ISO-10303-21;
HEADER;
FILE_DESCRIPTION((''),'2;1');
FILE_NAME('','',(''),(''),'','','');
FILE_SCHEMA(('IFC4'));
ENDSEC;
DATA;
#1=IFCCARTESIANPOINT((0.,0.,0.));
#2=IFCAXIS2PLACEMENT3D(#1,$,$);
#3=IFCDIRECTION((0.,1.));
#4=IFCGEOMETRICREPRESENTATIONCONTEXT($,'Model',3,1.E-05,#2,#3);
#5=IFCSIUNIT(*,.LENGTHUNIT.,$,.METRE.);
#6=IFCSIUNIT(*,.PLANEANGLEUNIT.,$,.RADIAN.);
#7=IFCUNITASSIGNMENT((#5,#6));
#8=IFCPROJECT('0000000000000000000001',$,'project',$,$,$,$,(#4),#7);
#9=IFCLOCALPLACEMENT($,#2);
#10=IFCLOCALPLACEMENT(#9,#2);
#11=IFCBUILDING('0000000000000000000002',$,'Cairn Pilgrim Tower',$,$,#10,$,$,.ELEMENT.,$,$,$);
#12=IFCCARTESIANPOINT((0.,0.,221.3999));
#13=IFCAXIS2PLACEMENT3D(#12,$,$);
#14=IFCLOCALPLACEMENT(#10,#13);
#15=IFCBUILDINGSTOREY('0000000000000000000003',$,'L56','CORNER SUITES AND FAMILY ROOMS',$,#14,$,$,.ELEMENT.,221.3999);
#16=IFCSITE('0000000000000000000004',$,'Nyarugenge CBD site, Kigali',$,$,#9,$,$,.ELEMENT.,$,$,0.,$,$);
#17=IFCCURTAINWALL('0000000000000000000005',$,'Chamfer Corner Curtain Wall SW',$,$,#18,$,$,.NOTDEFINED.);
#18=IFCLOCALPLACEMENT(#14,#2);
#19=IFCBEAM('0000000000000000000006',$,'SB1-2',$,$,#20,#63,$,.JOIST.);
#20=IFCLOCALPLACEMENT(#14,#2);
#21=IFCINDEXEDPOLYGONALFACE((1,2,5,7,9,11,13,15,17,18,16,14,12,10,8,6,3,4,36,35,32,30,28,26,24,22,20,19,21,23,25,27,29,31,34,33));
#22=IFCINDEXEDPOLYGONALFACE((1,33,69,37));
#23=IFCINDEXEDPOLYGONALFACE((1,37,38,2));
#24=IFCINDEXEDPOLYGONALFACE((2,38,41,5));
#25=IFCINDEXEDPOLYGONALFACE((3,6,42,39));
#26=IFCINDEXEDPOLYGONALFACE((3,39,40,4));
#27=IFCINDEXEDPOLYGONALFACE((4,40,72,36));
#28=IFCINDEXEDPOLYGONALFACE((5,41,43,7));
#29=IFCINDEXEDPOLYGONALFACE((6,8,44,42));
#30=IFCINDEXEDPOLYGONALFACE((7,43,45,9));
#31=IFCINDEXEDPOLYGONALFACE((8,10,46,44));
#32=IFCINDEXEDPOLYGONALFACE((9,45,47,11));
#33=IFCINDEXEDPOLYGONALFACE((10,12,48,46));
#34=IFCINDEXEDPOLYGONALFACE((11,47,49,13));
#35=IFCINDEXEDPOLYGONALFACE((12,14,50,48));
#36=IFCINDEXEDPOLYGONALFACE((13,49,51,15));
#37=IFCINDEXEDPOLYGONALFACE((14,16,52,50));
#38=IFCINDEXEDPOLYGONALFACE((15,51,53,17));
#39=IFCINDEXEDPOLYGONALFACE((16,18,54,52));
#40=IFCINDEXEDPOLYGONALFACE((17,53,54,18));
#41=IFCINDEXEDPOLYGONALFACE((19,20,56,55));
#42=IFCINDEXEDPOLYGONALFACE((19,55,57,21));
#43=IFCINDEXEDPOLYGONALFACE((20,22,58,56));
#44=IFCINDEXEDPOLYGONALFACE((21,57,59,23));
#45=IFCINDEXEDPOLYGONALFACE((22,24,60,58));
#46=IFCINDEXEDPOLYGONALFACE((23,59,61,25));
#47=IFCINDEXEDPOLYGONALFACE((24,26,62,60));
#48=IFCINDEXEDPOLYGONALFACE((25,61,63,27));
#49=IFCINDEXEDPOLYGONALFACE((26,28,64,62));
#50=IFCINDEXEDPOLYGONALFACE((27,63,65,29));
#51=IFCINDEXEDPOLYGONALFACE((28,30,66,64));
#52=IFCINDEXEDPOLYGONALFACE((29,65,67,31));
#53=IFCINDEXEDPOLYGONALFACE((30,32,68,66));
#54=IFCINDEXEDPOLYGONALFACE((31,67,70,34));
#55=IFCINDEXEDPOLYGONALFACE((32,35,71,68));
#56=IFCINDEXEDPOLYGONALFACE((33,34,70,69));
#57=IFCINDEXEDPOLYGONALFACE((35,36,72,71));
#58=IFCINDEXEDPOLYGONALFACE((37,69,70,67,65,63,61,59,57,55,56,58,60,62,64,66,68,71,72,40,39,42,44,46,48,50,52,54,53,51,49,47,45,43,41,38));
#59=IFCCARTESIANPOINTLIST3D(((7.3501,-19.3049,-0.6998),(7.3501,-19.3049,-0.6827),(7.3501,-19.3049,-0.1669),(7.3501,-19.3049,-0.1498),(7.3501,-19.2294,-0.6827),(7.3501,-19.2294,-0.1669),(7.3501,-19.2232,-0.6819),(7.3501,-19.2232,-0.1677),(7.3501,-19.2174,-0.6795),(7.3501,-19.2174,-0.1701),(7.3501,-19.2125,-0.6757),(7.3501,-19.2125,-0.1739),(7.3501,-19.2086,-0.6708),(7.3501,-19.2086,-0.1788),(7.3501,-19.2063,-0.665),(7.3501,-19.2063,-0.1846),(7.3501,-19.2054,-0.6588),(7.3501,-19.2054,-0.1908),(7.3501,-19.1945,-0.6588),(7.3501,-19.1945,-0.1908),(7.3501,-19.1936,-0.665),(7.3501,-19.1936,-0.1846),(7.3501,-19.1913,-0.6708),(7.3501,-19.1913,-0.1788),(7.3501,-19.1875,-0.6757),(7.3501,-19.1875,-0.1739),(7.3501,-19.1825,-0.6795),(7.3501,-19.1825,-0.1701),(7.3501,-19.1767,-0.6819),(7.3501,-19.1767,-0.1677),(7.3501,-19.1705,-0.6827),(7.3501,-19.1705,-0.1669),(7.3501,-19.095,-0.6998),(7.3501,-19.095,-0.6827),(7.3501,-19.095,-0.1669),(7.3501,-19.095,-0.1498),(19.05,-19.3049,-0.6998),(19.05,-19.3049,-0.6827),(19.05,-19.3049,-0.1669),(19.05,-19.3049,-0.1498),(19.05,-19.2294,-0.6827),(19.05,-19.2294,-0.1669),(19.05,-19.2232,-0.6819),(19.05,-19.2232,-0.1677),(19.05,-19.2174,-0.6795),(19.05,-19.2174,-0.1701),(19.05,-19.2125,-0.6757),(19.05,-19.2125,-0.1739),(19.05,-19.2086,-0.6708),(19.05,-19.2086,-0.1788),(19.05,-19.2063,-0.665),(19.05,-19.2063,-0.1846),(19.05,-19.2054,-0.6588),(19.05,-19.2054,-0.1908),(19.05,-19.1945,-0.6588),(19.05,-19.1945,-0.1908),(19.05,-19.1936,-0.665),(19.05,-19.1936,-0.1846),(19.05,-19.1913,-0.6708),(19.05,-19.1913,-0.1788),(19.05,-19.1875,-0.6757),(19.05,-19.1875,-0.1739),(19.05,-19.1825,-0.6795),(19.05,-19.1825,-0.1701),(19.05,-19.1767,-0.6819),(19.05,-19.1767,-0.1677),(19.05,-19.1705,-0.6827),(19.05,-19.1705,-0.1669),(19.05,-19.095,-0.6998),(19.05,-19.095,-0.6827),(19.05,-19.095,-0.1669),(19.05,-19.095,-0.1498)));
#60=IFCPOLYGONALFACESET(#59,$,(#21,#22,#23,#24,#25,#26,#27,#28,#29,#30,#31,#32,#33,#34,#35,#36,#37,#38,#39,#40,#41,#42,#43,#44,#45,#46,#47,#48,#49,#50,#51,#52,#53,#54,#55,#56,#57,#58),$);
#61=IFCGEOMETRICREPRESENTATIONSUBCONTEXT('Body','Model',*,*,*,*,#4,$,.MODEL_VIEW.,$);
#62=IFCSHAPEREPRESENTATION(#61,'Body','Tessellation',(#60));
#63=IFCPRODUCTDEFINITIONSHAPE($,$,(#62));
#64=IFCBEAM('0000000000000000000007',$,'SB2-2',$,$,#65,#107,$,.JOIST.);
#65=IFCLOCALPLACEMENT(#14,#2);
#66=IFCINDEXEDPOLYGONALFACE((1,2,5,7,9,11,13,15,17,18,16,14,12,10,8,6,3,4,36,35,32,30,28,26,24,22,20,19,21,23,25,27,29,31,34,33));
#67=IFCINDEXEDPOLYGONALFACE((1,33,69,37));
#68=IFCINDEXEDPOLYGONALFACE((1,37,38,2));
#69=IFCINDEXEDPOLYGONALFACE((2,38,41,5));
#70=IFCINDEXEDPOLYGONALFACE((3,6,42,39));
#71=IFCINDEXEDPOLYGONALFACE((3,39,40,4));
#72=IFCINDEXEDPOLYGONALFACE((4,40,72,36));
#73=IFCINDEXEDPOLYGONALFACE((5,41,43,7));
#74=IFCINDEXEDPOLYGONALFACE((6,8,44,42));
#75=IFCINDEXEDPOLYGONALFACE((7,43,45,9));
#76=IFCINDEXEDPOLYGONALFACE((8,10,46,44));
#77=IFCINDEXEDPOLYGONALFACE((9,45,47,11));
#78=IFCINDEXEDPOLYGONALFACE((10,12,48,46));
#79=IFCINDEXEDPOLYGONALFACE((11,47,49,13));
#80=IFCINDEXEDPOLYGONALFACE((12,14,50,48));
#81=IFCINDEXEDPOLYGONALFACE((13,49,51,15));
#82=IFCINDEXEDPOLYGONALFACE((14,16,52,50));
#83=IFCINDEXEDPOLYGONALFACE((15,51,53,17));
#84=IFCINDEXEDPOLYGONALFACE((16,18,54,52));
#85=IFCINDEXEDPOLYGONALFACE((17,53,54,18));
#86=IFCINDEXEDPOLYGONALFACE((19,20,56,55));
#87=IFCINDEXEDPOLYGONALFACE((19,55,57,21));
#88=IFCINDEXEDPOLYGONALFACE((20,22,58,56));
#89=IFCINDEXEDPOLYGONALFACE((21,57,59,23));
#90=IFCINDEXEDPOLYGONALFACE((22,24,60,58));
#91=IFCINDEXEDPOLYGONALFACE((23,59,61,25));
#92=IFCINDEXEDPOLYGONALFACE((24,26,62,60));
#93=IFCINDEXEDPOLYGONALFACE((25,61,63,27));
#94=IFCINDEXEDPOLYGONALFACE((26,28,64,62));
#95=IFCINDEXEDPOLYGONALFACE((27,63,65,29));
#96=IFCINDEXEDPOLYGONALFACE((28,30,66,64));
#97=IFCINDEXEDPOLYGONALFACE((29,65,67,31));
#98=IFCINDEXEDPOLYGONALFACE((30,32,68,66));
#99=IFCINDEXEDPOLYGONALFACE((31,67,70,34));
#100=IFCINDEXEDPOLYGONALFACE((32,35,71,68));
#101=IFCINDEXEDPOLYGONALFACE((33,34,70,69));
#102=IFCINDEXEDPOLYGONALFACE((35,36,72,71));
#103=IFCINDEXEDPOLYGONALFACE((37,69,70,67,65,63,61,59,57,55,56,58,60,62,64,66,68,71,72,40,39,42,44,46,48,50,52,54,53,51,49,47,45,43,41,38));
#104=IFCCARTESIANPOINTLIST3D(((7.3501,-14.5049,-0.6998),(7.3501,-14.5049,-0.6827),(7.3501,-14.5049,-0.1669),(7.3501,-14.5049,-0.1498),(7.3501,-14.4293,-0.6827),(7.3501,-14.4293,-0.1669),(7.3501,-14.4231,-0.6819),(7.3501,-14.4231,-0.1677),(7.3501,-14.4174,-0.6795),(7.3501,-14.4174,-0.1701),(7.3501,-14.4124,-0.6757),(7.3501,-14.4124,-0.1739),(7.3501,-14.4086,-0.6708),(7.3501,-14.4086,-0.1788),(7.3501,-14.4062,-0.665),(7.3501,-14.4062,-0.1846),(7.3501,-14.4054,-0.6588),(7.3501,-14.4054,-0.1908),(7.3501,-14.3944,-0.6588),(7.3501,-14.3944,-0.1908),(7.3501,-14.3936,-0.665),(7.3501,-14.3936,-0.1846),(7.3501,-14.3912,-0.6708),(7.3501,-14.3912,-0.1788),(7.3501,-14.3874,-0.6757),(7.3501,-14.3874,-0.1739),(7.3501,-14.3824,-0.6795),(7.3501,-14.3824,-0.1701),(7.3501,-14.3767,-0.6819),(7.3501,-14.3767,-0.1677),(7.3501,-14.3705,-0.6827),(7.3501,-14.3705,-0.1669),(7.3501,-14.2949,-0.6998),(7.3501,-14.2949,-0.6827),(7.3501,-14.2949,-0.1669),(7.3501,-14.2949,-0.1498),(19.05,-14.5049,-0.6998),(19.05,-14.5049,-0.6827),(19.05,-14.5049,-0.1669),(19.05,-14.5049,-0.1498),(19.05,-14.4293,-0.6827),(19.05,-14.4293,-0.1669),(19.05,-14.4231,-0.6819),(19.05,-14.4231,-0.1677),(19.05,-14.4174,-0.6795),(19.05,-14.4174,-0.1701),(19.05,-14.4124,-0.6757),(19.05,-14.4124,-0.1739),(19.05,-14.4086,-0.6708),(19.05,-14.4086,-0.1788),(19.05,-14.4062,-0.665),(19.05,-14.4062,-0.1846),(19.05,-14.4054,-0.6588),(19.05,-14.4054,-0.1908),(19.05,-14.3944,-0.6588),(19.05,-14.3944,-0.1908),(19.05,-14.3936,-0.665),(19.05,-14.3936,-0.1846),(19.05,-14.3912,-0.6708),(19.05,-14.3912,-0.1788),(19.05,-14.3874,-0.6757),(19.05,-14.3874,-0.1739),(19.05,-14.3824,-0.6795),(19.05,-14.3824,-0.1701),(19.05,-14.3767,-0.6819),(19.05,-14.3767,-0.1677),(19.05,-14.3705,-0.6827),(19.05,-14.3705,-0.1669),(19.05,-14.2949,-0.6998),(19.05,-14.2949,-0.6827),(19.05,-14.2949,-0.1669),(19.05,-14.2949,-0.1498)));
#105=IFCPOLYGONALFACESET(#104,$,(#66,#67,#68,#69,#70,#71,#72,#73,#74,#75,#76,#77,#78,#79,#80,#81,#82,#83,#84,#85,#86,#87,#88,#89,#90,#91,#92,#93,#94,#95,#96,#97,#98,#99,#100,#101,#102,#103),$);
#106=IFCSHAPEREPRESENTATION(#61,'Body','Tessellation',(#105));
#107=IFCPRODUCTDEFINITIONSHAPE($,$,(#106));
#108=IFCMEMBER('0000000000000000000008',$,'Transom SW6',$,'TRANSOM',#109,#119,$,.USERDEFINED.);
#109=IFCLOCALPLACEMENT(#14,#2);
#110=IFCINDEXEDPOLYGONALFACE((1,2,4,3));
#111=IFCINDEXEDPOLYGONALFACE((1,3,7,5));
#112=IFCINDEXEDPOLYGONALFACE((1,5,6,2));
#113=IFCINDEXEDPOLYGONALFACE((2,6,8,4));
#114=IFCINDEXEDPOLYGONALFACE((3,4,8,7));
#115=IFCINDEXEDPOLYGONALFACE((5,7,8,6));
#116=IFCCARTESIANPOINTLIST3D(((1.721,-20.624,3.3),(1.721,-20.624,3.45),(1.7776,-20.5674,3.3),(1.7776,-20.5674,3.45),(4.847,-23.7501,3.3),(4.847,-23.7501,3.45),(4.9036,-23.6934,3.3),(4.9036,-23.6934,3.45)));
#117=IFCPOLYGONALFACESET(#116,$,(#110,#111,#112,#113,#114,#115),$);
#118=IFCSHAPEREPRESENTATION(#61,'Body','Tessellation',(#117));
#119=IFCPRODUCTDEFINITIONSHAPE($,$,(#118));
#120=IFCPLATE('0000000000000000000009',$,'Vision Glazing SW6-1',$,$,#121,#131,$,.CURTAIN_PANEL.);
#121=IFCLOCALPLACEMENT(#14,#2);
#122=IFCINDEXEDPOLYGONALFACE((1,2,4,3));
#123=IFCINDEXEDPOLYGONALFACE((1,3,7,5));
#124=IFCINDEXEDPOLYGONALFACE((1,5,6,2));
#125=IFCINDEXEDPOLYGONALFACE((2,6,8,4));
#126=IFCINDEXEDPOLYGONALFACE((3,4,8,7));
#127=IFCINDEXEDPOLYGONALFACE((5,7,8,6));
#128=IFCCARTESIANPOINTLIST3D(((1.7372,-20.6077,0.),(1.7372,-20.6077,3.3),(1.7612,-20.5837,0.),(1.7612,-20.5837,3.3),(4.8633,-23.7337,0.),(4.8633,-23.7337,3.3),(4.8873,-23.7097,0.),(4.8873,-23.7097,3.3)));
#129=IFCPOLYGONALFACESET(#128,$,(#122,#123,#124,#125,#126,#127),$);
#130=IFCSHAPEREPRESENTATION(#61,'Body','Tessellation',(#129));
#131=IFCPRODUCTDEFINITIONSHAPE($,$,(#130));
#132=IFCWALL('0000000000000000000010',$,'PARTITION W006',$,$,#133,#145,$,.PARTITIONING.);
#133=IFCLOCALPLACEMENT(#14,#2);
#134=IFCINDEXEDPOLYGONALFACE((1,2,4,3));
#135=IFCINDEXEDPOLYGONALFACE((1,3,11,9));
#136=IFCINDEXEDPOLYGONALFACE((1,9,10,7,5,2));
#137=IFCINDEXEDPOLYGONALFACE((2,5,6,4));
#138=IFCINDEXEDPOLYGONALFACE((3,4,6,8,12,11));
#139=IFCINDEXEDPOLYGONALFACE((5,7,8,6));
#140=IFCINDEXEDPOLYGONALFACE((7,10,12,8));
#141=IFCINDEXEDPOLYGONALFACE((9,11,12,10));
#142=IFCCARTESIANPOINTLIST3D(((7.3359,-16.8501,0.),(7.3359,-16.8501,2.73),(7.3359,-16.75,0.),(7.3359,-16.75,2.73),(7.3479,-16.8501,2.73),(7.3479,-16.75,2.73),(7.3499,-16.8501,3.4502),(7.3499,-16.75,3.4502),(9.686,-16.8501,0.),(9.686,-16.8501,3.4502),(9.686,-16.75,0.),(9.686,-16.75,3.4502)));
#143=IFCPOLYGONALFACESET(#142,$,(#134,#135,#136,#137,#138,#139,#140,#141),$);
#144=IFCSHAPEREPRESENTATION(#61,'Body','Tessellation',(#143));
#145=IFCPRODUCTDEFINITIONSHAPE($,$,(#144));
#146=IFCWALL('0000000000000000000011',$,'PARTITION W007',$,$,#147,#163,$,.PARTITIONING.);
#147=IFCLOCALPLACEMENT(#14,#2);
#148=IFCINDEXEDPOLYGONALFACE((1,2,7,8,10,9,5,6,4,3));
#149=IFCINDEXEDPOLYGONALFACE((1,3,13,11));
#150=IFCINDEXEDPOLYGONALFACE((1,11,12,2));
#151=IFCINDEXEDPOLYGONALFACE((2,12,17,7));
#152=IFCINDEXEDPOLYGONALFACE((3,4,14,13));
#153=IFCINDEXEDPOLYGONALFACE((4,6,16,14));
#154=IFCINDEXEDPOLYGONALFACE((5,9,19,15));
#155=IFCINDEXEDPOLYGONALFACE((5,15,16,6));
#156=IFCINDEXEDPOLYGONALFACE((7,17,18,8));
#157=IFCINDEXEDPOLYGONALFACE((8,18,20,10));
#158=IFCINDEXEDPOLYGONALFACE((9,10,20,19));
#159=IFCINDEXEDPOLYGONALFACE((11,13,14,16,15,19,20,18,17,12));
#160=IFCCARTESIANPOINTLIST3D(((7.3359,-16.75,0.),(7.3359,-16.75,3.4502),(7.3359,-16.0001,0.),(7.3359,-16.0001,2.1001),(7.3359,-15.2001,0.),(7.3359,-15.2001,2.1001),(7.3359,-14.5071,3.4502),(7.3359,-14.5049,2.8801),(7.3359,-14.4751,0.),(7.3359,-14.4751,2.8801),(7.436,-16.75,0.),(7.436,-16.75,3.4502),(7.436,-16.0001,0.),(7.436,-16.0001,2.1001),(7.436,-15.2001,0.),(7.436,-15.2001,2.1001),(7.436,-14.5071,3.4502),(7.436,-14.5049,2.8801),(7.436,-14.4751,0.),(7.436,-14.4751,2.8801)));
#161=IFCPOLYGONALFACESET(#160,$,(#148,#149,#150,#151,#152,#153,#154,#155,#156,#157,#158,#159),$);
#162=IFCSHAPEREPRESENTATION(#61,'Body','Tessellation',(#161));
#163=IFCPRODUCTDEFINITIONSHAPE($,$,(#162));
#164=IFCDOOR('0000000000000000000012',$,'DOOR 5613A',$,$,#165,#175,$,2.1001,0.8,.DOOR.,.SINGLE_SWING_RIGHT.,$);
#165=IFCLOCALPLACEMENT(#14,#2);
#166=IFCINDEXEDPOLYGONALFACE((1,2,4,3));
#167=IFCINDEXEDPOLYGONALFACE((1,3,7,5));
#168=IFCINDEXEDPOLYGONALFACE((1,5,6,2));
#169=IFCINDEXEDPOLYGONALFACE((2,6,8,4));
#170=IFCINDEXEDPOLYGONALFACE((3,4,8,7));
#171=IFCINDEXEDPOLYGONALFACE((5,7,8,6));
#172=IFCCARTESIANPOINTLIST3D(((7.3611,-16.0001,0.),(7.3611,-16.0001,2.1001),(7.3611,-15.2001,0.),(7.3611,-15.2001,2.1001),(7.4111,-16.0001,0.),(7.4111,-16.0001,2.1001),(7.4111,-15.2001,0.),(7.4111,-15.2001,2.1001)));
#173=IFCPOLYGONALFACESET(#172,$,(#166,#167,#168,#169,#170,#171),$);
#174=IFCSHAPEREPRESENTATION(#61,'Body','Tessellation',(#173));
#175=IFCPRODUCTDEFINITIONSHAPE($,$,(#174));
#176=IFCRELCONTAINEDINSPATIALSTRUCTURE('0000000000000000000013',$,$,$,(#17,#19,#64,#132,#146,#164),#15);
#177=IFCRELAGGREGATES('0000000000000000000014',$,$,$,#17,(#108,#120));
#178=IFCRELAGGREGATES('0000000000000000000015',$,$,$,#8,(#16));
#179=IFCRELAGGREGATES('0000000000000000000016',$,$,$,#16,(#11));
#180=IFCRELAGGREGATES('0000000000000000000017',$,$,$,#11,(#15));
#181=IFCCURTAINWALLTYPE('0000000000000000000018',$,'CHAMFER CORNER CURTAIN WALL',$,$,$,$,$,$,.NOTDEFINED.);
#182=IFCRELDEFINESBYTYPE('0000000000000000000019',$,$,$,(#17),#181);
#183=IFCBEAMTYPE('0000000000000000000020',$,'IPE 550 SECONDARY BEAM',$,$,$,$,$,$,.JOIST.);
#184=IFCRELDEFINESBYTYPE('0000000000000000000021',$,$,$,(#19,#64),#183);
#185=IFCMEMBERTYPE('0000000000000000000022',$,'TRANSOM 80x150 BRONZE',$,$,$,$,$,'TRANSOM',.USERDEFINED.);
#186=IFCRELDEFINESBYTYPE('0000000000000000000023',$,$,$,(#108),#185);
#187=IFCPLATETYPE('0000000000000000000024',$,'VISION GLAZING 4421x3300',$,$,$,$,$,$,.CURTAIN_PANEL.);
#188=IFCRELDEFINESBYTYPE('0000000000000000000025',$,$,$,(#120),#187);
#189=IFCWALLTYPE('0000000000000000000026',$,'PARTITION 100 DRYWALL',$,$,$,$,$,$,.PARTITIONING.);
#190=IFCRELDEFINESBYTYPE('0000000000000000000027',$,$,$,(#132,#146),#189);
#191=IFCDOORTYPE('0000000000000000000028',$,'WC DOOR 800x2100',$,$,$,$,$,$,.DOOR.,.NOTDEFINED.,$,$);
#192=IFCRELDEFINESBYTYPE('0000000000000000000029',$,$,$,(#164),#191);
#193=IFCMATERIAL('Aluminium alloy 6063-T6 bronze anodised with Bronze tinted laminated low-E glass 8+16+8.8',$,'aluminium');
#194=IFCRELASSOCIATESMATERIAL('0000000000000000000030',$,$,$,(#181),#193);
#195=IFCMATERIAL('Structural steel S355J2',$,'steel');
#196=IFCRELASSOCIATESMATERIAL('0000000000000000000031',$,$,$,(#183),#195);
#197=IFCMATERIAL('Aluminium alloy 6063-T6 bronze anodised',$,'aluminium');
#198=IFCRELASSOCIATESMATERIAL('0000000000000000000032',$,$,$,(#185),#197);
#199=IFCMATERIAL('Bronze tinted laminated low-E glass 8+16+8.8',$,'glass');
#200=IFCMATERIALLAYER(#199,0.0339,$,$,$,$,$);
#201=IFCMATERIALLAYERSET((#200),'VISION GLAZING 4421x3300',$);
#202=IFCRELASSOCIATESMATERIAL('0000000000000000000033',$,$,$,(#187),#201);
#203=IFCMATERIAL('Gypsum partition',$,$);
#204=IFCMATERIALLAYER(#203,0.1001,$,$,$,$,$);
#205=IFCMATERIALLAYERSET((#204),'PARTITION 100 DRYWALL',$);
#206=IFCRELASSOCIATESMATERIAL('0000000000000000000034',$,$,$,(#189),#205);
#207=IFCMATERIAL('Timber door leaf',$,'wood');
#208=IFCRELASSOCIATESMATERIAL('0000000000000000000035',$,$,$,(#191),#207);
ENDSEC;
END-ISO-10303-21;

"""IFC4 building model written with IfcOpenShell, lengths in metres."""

from ifc_helpers import new_model, si_unit, direction, frame, frame_2d, origin, origin_2d, place, context, subcontext, project, spatial, polyline, rectangle, i_section, outline, extrude, material, layer, layer_set, material_profile, profile_set, type_object, element, fill, aggregate, save


model = new_model("IFC4")

# Units and contexts
model_context = context("Model", 3, precision=1e-05, world=origin(), true_north=direction((0.0, 1.0)))
body_context = subcontext(model_context, "Body", "Model", "MODEL_VIEW")
ifc_project = project(units=[si_unit("LENGTHUNIT", "METRE"), si_unit("PLANEANGLEUNIT", "RADIAN")], contexts=[model_context])

# Site, building, storey
site_placement = place(None, origin())
site = spatial("IfcSite", under=ifc_project, at=site_placement, Name="Nyarugenge CBD site, Kigali", CompositionType="ELEMENT", RefElevation=0.0)
building_placement = place(site_placement, origin())
building = spatial("IfcBuilding", under=site, at=building_placement, Name="Cairn Pilgrim Tower", CompositionType="ELEMENT")
storey_placement = place(building_placement, frame((0.0, 0.0, 221.3999)))
storey = spatial("IfcBuildingStorey", under=building, at=storey_placement, Name="L56", Description="CORNER SUITES AND FAMILY ROOMS", CompositionType="ELEMENT", Elevation=221.3999)

# Shared definitions
ifc_material_1 = material(Name="Aluminium alloy 6063-T6 bronze anodised with Bronze tinted laminated low-E glass 8+16+8.8", Category="aluminium")
ifc_material_2 = material(Name="Aluminium alloy 6063-T6 bronze anodised", Category="aluminium")

# Curtain wall
curtain_wall_type_1 = type_object("IfcCurtainWallType", Name="CHAMFER CORNER CURTAIN WALL", PredefinedType="NOTDEFINED", material=ifc_material_1)
curtain_wall_1_placement = place(storey_placement, origin())
curtain_wall_1 = element("IfcCurtainWall", 1, at=curtain_wall_1_placement, inside=storey, type_object=curtain_wall_type_1, Name="Chamfer Corner Curtain Wall SW", PredefinedType="NOTDEFINED")

# Beams
ifc_material_3 = material(Name="Structural steel S355J2", Category="steel")
ifc_material_profile_1 = material_profile(ifc_material_3, i_section(OverallWidth=0.21, OverallDepth=0.55, WebThickness=0.011, FlangeThickness=0.0171, FilletRadius=0.0239, at=origin_2d()), Name="IPE 550")
ifc_profile_set_1 = profile_set([ifc_material_profile_1], Name="Structural steel S355J2")
beam_type_1 = type_object("IfcBeamType", Name="IPE 550 SECONDARY BEAM", PredefinedType="JOIST", material=ifc_profile_set_1)
for number, where, z_axis, x_axis, name in (
    (2, (7.3501, -19.2, -0.4248), (1.0, 0.0, 0.0), (0.0, 1.0, 0.0), "SB1-2"),
    (3, (7.3501, -14.3999, -0.4248), (1.0, 0.0, 0.0), (0.0, 1.0, 0.0), "SB2-2"),
):
    element("IfcBeam", number, at=place(storey_placement, frame(where, z_axis=z_axis, x_axis=x_axis)), inside=storey, type_object=beam_type_1, Name=name, PredefinedType="JOIST", context=body_context, shape_type="SweptSolid", body=[
        extrude(i_section(OverallWidth=0.21, OverallDepth=0.55, WebThickness=0.011, FlangeThickness=0.0171, FilletRadius=0.0239, at=origin_2d()), origin(), (0.0, 0.0, 1.0), 11.7),
    ])

# Member
ifc_material_profile_2 = material_profile(ifc_material_2, rectangle(XDim=0.0801, YDim=0.1499, at=origin_2d()), Name="TRANSOM 80x150 BRONZE")
ifc_profile_set_2 = profile_set([ifc_material_profile_2], Name="Aluminium alloy 6063-T6 bronze anodised")
member_type_1 = type_object("IfcMemberType", Name="TRANSOM 80x150 BRONZE", ElementType="TRANSOM", PredefinedType="USERDEFINED", material=ifc_profile_set_2)
member_1_placement = place(storey_placement, frame((1.7493, -20.5957, 3.375), z_axis=(0.707107, -0.707107, 0.0), x_axis=(0.707107, 0.707107, 0.0)))
member_1 = element("IfcMember", 4, at=member_1_placement, type_object=member_type_1, Name="Transom SW6", ObjectType="TRANSOM", PredefinedType="USERDEFINED", context=body_context, shape_type="SweptSolid", body=[
    extrude(rectangle(XDim=0.0801, YDim=0.1499, at=origin_2d()), origin(), (0.0, 0.0, 1.0), 4.4209),
])

# Plate
ifc_material_4 = material(Name="Bronze tinted laminated low-E glass 8+16+8.8", Category="glass")
ifc_layer_1 = layer(ifc_material_4, 0.0339)
ifc_layer_set_1 = layer_set([ifc_layer_1], Name="VISION GLAZING 4421x3300")
plate_type = type_object("IfcPlateType", Name="VISION GLAZING 4421x3300", PredefinedType="CURTAIN_PANEL", material=ifc_layer_set_1)
plate_placement = place(storey_placement, frame((3.3123, -22.1587, 0.0), z_axis=(0.0, 0.0, 1.0), x_axis=(0.707107, -0.707107, 0.0)))
plate = element("IfcPlate", 5, at=plate_placement, type_object=plate_type, Name="Vision Glazing SW6-1", PredefinedType="CURTAIN_PANEL", context=body_context, shape_type="SweptSolid", body=[
    extrude(rectangle(XDim=4.4209, YDim=0.0339, at=origin_2d()), origin(), (0.0, 0.0, 1.0), 3.3),
])
aggregate(curtain_wall_1, [member_1, plate])

# Wall
ifc_material_5 = material(Name="Gypsum partition")
ifc_layer_2 = layer(ifc_material_5, 0.1001)
ifc_layer_set_2 = layer_set([ifc_layer_2], Name="PARTITION 100 DRYWALL")
wall_type_1 = type_object("IfcWallType", Name="PARTITION 100 DRYWALL", PredefinedType="PARTITIONING", material=ifc_layer_set_2)
wall_1_placement = place(storey_placement, frame((7.3359, -16.8, 0.0), z_axis=(0.0, 0.0, 1.0), x_axis=(1.0, 0.0, 0.0)))
element("IfcWall", 6, at=wall_1_placement, inside=storey, type_object=wall_type_1, Name="PARTITION W006", PredefinedType="PARTITIONING", context=body_context, shape_type="SweptSolid", body=[
    extrude(outline(polyline([(0.0, 0.0), (2.3501, 0.0), (2.3501, 3.4502), (0.0139, 3.4502), (0.012, 2.73), (0.0, 2.73), (0.0, 0.0)])), frame((0.0, 0.05, 0.0), z_axis=(0.0, -1.0, 0.0), x_axis=(1.0, 0.0, 0.0)), (0.0, 0.0, 1.0), 0.1001),
])

# Wall, opening, door
wall_2_placement = place(storey_placement, frame((7.386, -16.75, 0.0), z_axis=(0.0, 0.0, 1.0), x_axis=(0.0, 1.0, 0.0)))
wall_2 = element("IfcWall", 7, at=wall_2_placement, inside=storey, type_object=wall_type_1, Name="PARTITION W007", PredefinedType="PARTITIONING", context=body_context, shape_type="SweptSolid", body=[
    extrude(outline(polyline([(0.0, 0.0), (2.2749, 0.0), (2.2749, 2.8801), (2.2451, 2.8801), (2.2429, 3.4502), (0.0, 3.4502), (0.0, 0.0)])), frame((0.0, 0.05, 0.0), z_axis=(0.0, -1.0, 0.0), x_axis=(1.0, 0.0, 0.0)), (0.0, 0.0, 1.0), 0.1001),
])
opening_1_placement = place(wall_2_placement, frame((0.75, 0.0, 0.0)))
opening_1 = element("IfcOpeningElement", 8, at=opening_1_placement, cuts=wall_2, PredefinedType="OPENING", context=body_context, shape_type="SweptSolid", body=[
    extrude(rectangle(XDim=0.8, YDim=2.1001, at=frame_2d((0.3999, 1.05))), frame((0.0, 0.0601, 0.0), z_axis=(0.0, -1.0, 0.0), x_axis=(1.0, 0.0, 0.0)), (0.0, 0.0, 1.0), 0.1201),
])
ifc_material_6 = material(Name="Timber door leaf", Category="wood")
door_type_1 = type_object("IfcDoorType", Name="WC DOOR 800x2100", OperationType="NOTDEFINED", PredefinedType="DOOR", material=ifc_material_6)
door_1_placement = place(opening_1_placement, origin())
door_1 = element("IfcDoor", 9, at=door_1_placement, inside=storey, type_object=door_type_1, Name="DOOR 5613A", OperationType="SINGLE_SWING_RIGHT", OverallHeight=2.1001, OverallWidth=0.8, PredefinedType="DOOR", context=body_context, shape_type="SweptSolid", body=[
    extrude(rectangle(XDim=0.8, YDim=2.1001, at=frame_2d((0.3999, 1.05))), frame((0.0, 0.0249, 0.0), z_axis=(0.0, -1.0, 0.0), x_axis=(1.0, 0.0, 0.0)), (0.0, 0.0, 1.0), 0.05),
])
fill(opening_1, door_1)

save(model, "model.ifc")
